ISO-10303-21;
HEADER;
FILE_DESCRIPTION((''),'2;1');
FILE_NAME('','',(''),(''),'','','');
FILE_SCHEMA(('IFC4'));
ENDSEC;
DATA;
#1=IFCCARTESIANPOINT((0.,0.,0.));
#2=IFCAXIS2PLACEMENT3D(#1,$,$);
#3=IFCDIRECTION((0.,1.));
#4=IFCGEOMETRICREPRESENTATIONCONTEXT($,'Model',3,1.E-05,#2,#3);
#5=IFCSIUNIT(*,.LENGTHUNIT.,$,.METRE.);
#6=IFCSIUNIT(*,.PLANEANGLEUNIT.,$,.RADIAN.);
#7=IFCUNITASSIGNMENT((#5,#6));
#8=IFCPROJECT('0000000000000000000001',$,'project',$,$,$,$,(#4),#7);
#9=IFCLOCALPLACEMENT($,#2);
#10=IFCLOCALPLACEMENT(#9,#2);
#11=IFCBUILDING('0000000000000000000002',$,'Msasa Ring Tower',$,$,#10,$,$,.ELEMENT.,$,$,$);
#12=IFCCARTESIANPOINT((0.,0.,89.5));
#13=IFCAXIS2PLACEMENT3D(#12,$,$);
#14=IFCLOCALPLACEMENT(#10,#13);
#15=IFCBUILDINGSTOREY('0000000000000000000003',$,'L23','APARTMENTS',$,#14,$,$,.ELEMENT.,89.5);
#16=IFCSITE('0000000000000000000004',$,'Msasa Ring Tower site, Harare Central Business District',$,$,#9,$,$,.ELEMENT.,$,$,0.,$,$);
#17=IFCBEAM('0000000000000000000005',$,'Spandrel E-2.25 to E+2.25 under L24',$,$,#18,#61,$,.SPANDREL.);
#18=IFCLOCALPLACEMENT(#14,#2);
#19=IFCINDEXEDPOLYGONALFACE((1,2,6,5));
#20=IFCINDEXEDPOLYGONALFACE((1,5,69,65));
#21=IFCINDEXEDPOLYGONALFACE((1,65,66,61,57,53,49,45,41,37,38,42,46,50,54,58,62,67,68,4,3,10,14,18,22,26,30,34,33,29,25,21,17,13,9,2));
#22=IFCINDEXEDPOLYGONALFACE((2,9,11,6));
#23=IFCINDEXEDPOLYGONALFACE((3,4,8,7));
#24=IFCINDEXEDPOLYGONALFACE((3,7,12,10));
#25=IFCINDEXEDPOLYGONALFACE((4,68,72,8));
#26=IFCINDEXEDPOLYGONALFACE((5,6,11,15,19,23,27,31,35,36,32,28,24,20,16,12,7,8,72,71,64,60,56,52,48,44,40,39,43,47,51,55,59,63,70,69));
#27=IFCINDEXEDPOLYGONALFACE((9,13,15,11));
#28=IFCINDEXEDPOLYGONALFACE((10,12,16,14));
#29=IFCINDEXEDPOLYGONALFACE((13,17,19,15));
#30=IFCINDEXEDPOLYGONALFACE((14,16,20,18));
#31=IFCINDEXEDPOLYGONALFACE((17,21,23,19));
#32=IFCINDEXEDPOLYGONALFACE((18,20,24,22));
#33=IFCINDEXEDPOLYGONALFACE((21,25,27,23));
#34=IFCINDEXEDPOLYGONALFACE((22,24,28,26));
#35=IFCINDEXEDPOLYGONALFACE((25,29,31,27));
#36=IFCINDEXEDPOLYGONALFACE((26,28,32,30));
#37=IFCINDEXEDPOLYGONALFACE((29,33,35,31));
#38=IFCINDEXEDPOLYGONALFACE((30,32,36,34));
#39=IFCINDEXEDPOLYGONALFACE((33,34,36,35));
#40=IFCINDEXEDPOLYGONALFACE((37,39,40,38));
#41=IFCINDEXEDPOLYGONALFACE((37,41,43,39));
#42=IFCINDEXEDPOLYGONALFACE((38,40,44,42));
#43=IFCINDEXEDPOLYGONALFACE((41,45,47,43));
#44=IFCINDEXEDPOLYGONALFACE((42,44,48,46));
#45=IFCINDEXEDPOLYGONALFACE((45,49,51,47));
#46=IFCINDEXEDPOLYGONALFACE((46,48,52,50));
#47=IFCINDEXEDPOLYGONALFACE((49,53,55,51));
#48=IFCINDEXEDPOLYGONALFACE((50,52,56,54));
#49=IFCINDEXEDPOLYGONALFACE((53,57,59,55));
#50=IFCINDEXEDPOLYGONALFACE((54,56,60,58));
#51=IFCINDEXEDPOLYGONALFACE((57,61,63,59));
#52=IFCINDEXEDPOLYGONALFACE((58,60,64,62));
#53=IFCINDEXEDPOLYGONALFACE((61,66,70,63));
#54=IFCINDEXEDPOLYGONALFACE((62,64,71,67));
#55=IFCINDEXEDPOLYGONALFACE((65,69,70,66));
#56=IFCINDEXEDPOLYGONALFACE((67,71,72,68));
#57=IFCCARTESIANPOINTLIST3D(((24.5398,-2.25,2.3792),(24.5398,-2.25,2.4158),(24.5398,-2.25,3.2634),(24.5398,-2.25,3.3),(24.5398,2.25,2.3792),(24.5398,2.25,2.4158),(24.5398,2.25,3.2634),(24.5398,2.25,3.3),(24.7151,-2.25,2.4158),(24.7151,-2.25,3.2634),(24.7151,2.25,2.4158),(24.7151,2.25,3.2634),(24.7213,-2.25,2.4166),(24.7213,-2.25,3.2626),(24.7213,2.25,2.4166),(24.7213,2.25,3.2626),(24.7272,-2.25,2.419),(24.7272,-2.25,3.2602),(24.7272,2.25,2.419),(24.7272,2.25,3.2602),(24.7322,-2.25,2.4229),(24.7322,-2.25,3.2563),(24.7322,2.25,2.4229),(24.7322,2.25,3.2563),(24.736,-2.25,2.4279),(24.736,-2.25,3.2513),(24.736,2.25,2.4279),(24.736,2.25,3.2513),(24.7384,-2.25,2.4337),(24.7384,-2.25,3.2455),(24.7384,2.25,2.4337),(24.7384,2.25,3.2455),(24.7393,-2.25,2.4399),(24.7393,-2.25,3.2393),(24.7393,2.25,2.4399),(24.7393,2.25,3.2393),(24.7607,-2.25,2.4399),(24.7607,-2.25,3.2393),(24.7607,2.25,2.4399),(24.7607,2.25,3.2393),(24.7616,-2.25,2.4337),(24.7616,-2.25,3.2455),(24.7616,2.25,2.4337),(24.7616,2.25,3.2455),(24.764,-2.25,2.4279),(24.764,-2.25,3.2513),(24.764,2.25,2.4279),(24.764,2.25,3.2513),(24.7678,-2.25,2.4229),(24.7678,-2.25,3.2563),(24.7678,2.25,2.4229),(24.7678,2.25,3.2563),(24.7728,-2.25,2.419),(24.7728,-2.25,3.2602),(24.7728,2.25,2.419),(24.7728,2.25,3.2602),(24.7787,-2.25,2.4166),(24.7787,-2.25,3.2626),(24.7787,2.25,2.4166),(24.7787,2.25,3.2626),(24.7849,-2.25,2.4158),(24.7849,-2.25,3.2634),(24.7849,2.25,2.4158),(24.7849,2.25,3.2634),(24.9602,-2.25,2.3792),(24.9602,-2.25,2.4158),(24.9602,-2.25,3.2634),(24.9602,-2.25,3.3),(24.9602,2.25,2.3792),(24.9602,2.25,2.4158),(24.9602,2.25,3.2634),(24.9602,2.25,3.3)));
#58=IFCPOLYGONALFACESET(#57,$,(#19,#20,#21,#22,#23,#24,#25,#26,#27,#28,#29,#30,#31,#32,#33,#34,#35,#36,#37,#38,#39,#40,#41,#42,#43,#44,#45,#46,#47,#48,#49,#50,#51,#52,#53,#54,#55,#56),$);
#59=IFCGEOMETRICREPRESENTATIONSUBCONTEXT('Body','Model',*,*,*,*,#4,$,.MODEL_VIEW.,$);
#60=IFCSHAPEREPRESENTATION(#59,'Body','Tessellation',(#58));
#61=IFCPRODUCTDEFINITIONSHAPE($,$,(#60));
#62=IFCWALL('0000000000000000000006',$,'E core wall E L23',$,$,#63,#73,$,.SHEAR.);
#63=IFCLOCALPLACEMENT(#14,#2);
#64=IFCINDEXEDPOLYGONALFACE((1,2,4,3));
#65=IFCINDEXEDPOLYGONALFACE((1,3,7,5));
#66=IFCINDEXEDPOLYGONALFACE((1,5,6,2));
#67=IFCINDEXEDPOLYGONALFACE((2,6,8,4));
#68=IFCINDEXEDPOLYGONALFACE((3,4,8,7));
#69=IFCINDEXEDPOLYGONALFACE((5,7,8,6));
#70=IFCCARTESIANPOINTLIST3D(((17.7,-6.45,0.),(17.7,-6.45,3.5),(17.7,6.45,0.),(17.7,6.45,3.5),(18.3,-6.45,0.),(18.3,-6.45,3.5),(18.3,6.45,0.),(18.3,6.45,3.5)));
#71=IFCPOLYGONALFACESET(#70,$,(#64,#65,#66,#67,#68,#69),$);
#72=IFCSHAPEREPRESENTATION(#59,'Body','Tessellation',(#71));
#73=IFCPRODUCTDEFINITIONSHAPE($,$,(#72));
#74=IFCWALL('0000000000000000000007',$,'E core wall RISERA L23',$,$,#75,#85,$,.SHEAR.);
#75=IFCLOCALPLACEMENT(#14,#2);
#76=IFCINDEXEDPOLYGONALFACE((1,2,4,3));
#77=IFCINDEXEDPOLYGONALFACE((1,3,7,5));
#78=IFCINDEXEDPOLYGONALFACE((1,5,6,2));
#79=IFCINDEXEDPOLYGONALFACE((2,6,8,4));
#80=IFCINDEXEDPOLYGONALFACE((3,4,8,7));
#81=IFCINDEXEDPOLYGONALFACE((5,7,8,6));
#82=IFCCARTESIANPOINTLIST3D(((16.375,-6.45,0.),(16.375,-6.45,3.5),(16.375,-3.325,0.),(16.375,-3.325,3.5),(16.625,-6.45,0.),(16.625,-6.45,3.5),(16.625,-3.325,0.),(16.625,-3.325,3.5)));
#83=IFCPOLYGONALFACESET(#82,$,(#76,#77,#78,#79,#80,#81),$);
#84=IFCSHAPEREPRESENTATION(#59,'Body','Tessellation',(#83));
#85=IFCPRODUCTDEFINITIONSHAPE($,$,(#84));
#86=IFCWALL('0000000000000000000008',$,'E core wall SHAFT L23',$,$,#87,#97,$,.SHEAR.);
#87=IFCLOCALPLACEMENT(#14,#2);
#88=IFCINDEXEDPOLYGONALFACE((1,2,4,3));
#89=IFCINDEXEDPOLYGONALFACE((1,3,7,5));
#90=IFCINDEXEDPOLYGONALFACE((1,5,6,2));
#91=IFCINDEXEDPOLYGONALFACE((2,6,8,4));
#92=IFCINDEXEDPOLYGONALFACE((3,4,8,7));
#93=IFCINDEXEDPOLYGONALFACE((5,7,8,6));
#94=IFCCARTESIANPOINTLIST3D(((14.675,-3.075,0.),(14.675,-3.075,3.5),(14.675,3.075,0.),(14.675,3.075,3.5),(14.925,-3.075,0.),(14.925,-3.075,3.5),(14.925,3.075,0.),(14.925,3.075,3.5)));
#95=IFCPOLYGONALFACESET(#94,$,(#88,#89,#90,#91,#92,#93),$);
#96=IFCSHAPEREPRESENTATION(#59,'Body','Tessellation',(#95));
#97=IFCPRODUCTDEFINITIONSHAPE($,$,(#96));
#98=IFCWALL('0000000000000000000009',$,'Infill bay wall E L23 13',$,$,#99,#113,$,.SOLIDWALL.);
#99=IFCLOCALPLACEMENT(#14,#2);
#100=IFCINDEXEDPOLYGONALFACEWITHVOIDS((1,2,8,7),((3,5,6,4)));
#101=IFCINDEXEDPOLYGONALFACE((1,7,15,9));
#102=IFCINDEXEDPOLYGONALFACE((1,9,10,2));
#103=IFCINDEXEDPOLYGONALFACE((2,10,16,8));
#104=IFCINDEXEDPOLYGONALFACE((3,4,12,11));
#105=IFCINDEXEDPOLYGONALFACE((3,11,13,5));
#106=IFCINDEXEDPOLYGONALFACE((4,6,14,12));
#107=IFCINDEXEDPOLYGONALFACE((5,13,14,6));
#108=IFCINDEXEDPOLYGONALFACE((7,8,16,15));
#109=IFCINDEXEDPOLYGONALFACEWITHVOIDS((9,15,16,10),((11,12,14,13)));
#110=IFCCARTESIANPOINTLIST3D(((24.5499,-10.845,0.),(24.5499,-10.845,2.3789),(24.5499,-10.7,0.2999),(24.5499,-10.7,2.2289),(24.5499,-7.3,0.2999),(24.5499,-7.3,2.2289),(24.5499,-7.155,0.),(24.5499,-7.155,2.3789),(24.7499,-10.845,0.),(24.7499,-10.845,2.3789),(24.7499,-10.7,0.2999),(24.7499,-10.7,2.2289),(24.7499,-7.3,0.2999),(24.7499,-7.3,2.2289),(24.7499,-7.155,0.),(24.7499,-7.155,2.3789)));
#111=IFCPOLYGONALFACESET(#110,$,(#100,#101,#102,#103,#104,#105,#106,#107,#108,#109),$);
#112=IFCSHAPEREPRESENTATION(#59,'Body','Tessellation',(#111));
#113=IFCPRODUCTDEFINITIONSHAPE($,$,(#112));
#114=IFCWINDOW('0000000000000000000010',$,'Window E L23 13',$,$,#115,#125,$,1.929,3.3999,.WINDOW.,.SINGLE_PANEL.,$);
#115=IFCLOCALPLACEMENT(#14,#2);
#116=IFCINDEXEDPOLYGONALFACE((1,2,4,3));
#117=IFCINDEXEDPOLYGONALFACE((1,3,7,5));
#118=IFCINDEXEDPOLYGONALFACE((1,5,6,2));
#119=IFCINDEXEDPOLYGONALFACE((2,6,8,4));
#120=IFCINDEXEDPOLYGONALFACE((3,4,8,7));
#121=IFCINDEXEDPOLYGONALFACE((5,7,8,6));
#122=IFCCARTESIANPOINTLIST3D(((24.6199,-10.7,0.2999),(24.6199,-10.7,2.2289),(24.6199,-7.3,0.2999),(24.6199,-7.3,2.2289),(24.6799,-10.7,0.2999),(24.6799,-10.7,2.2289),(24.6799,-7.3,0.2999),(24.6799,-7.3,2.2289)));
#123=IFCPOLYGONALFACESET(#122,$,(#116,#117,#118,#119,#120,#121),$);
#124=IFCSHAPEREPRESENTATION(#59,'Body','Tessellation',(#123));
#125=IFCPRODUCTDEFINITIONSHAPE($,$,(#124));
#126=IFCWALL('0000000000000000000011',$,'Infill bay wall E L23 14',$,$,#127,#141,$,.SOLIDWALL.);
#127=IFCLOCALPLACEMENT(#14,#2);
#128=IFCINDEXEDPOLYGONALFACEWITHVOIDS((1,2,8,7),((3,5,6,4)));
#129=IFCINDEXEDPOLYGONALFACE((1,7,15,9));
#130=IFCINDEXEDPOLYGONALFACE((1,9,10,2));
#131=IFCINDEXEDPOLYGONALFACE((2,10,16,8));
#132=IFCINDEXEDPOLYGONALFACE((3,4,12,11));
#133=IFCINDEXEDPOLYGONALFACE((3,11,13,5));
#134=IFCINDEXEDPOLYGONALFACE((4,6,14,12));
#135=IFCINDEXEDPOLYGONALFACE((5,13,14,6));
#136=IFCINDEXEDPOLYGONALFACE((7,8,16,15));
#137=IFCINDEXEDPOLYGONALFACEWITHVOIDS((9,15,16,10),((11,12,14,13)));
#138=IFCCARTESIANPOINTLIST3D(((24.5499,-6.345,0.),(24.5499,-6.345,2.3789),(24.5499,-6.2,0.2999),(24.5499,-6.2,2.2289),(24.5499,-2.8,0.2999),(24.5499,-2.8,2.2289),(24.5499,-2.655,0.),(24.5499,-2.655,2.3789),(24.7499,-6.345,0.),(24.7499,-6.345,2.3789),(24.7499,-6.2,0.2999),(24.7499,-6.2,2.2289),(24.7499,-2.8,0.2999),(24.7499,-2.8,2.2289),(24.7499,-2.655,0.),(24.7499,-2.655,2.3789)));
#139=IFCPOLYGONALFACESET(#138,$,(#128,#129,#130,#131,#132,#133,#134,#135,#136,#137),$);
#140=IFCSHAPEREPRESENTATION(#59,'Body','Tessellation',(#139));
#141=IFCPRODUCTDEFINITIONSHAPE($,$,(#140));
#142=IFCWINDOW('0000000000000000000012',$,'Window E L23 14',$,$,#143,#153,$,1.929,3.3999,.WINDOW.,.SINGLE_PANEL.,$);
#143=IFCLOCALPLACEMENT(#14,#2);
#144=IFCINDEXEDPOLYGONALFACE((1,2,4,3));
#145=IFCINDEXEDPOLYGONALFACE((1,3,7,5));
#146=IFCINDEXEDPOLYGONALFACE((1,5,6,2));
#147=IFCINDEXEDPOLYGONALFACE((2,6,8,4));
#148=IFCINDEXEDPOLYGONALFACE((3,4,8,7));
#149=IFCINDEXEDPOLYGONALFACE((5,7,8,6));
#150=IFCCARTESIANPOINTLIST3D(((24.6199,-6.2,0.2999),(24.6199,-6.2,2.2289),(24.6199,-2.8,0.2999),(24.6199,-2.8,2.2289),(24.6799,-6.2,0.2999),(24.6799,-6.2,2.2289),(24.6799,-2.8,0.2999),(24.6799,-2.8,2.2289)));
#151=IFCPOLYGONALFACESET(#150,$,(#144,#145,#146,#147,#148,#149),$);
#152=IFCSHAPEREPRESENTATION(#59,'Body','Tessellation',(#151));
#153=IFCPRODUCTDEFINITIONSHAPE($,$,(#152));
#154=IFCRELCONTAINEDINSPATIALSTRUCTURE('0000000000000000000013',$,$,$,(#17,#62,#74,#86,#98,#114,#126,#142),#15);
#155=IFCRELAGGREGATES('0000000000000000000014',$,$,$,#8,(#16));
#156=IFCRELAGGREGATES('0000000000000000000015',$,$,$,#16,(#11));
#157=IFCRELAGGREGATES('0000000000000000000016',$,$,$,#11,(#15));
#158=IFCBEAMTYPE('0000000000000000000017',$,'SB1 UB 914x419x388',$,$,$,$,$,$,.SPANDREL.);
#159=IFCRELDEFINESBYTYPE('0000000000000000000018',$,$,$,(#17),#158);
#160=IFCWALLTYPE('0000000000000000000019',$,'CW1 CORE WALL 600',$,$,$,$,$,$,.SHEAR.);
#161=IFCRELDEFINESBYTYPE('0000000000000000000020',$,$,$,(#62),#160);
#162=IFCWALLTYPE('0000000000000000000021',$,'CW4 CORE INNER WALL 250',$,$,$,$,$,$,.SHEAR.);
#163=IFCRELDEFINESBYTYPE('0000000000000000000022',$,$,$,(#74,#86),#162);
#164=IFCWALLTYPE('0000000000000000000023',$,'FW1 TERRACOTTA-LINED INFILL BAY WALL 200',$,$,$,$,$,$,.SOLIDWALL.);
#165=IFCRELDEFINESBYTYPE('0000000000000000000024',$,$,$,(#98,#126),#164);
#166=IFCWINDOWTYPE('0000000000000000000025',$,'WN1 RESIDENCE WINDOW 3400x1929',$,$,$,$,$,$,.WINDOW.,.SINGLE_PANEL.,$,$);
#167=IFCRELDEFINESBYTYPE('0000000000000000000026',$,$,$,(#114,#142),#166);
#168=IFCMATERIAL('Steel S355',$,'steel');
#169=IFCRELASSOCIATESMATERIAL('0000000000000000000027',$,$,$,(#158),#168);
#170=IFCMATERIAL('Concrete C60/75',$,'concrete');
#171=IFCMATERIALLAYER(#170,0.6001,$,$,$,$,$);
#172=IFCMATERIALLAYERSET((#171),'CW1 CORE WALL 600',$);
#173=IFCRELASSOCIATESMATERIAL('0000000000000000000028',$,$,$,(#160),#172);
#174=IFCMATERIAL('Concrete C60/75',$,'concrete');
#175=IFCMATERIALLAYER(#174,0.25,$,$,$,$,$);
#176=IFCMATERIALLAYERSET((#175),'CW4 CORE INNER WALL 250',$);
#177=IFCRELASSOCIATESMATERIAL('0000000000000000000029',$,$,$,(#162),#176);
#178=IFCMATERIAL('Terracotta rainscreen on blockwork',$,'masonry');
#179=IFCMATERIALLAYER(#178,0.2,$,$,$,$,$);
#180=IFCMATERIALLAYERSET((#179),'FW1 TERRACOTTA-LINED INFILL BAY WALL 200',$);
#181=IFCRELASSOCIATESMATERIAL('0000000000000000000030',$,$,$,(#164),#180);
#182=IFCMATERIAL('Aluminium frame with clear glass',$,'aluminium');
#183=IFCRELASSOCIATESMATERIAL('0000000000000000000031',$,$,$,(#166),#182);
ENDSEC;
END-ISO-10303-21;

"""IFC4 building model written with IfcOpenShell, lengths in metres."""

from ifc_helpers import new_model, si_unit, direction, frame, frame_2d, origin, origin_2d, place, context, subcontext, project, spatial, rectangle, i_section, extrude, material, layer, layer_set, material_profile, profile_set, type_object, element, fill, save


model = new_model("IFC4")

# Units and contexts
model_context = context("Model", 3, precision=1e-05, world=origin(), true_north=direction((0.0, 1.0)))
body_context = subcontext(model_context, "Body", "Model", "MODEL_VIEW")
ifc_project = project(units=[si_unit("LENGTHUNIT", "METRE"), si_unit("PLANEANGLEUNIT", "RADIAN")], contexts=[model_context])

# Site, building, storey
site_placement = place(None, origin())
site = spatial("IfcSite", under=ifc_project, at=site_placement, Name="Msasa Ring Tower site, Harare Central Business District", CompositionType="ELEMENT", RefElevation=0.0)
building_placement = place(site_placement, origin())
building = spatial("IfcBuilding", under=site, at=building_placement, Name="Msasa Ring Tower", CompositionType="ELEMENT")
storey_placement = place(building_placement, frame((0.0, 0.0, 89.5)))
storey = spatial("IfcBuildingStorey", under=building, at=storey_placement, Name="L23", Description="APARTMENTS", CompositionType="ELEMENT", Elevation=89.5)

# Beam
ifc_material_1 = material(Name="Steel S355", Category="steel")
ifc_material_profile_1 = material_profile(ifc_material_1, i_section(OverallWidth=0.4204, OverallDepth=0.9209, WebThickness=0.0215, FlangeThickness=0.0366, FilletRadius=0.0242, at=origin_2d()), Name="UB 914x419x388")
ifc_profile_set_1 = profile_set([ifc_material_profile_1], Name="Steel S355")
beam_type_1 = type_object("IfcBeamType", Name="SB1 UB 914x419x388", PredefinedType="SPANDREL", material=ifc_profile_set_1)
for number, where, z_axis, x_axis, name in (
    (1, (24.75, -2.25, 2.8396), (0.0, 1.0, 0.0), (-1.0, 0.0, 0.0), "Spandrel E-2.25 to E+2.25 under L24"),
):
    element("IfcBeam", number, at=place(storey_placement, frame(where, z_axis=z_axis, x_axis=x_axis)), inside=storey, type_object=beam_type_1, Name=name, PredefinedType="SPANDREL", context=body_context, shape_type="SweptSolid", body=[
        extrude(i_section(OverallWidth=0.4204, OverallDepth=0.9209, WebThickness=0.0215, FlangeThickness=0.0366, FilletRadius=0.0242, at=origin_2d()), origin(), (0.0, 0.0, 1.0), 4.5),
    ])

# Walls
ifc_material_2 = material(Name="Concrete C60/75", Category="concrete")
ifc_layer_1 = layer(ifc_material_2, 0.6001)
ifc_layer_set_1 = layer_set([ifc_layer_1], Name="CW1 CORE WALL 600")
wall_type_1 = type_object("IfcWallType", Name="CW1 CORE WALL 600", PredefinedType="SHEAR", material=ifc_layer_set_1)
wall_1_placement = place(storey_placement, frame((18.0, -6.45, 0.0), z_axis=(0.0, 0.0, 1.0), x_axis=(0.0, 1.0, 0.0)))
element("IfcWall", 2, at=wall_1_placement, inside=storey, type_object=wall_type_1, Name="E core wall E L23", PredefinedType="SHEAR", context=body_context, shape_type="SweptSolid", body=[
    extrude(rectangle(XDim=12.8999, YDim=0.6001, at=frame_2d((6.45, 0.0))), origin(), (0.0, 0.0, 1.0), 3.5),
])
ifc_material_3 = material(Name="Concrete C60/75", Category="concrete")
ifc_layer_2 = layer(ifc_material_3, 0.25)
ifc_layer_set_2 = layer_set([ifc_layer_2], Name="CW4 CORE INNER WALL 250")
wall_type_2 = type_object("IfcWallType", Name="CW4 CORE INNER WALL 250", PredefinedType="SHEAR", material=ifc_layer_set_2)
wall_2_placement = place(storey_placement, frame((16.5, -6.45, 0.0), z_axis=(0.0, 0.0, 1.0), x_axis=(0.0, 1.0, 0.0)))
element("IfcWall", 3, at=wall_2_placement, inside=storey, type_object=wall_type_2, Name="E core wall RISERA L23", PredefinedType="SHEAR", context=body_context, shape_type="SweptSolid", body=[
    extrude(rectangle(XDim=3.125, YDim=0.25, at=frame_2d((1.5625, 0.0))), origin(), (0.0, 0.0, 1.0), 3.5),
])
wall_3_placement = place(storey_placement, frame((14.8, -3.075, 0.0), z_axis=(0.0, 0.0, 1.0), x_axis=(0.0, 1.0, 0.0)))
element("IfcWall", 4, at=wall_3_placement, inside=storey, type_object=wall_type_2, Name="E core wall SHAFT L23", PredefinedType="SHEAR", context=body_context, shape_type="SweptSolid", body=[
    extrude(rectangle(XDim=6.1499, YDim=0.25, at=frame_2d((3.075, 0.0))), origin(), (0.0, 0.0, 1.0), 3.5),
])

# Walls, openings, windows
ifc_material_4 = material(Name="Terracotta rainscreen on blockwork", Category="masonry")
ifc_layer_3 = layer(ifc_material_4, 0.2)
ifc_layer_set_3 = layer_set([ifc_layer_3], Name="FW1 TERRACOTTA-LINED INFILL BAY WALL 200")
wall_type_3 = type_object("IfcWallType", Name="FW1 TERRACOTTA-LINED INFILL BAY WALL 200", PredefinedType="SOLIDWALL", material=ifc_layer_set_3)
wall_4_placement = place(storey_placement, frame((24.6499, -10.845, 0.0), z_axis=(0.0, 0.0, 1.0), x_axis=(0.0, 1.0, 0.0)))
wall_4 = element("IfcWall", 5, at=wall_4_placement, inside=storey, type_object=wall_type_3, Name="Infill bay wall E L23 13", PredefinedType="SOLIDWALL", context=body_context, shape_type="SweptSolid", body=[
    extrude(rectangle(XDim=3.6899, YDim=0.2, at=frame_2d((1.845, 0.0))), origin(), (0.0, 0.0, 1.0), 2.3789),
])
opening_1_placement = place(wall_4_placement, frame((0.145, 0.0, 0.3)))
opening_1 = element("IfcOpeningElement", 6, at=opening_1_placement, cuts=wall_4, PredefinedType="OPENING", context=body_context, shape_type="SweptSolid", body=[
    extrude(rectangle(XDim=3.3999, YDim=1.929, at=frame_2d((1.7, 0.9644))), frame((0.0, 0.1099, 0.0), z_axis=(0.0, -1.0, 0.0), x_axis=(1.0, 0.0, 0.0)), (0.0, 0.0, 1.0), 0.22),
])
ifc_material_5 = material(Name="Aluminium frame with clear glass", Category="aluminium")
window_type = type_object("IfcWindowType", Name="WN1 RESIDENCE WINDOW 3400x1929", PartitioningType="SINGLE_PANEL", PredefinedType="WINDOW", material=ifc_material_5)
window_1_placement = place(opening_1_placement, origin())
window_1 = element("IfcWindow", 7, at=window_1_placement, inside=storey, type_object=window_type, Name="Window E L23 13", OverallHeight=1.929, OverallWidth=3.3999, PartitioningType="SINGLE_PANEL", PredefinedType="WINDOW", context=body_context, shape_type="SweptSolid", body=[
    extrude(rectangle(XDim=3.3999, YDim=1.929, at=frame_2d((1.7, 0.9644))), frame((0.0, 0.03, 0.0), z_axis=(0.0, -1.0, 0.0), x_axis=(1.0, 0.0, 0.0)), (0.0, 0.0, 1.0), 0.0601),
])
fill(opening_1, window_1)
wall_5_placement = place(storey_placement, frame((24.6499, -6.345, 0.0), z_axis=(0.0, 0.0, 1.0), x_axis=(0.0, 1.0, 0.0)))
wall_5 = element("IfcWall", 8, at=wall_5_placement, inside=storey, type_object=wall_type_3, Name="Infill bay wall E L23 14", PredefinedType="SOLIDWALL", context=body_context, shape_type="SweptSolid", body=[
    extrude(rectangle(XDim=3.6899, YDim=0.2, at=frame_2d((1.845, 0.0))), origin(), (0.0, 0.0, 1.0), 2.3789),
])
opening_2_placement = place(wall_5_placement, frame((0.145, 0.0, 0.3)))
opening_2 = element("IfcOpeningElement", 9, at=opening_2_placement, cuts=wall_5, PredefinedType="OPENING", context=body_context, shape_type="SweptSolid", body=[
    extrude(rectangle(XDim=3.3999, YDim=1.929, at=frame_2d((1.7, 0.9644))), frame((0.0, 0.1099, 0.0), z_axis=(0.0, -1.0, 0.0), x_axis=(1.0, 0.0, 0.0)), (0.0, 0.0, 1.0), 0.22),
])
window_2_placement = place(opening_2_placement, origin())
window_2 = element("IfcWindow", 10, at=window_2_placement, inside=storey, type_object=window_type, Name="Window E L23 14", OverallHeight=1.929, OverallWidth=3.3999, PartitioningType="SINGLE_PANEL", PredefinedType="WINDOW", context=body_context, shape_type="SweptSolid", body=[
    extrude(rectangle(XDim=3.3999, YDim=1.929, at=frame_2d((1.7, 0.9644))), frame((0.0, 0.03, 0.0), z_axis=(0.0, -1.0, 0.0), x_axis=(1.0, 0.0, 0.0)), (0.0, 0.0, 1.0), 0.0601),
])
fill(opening_2, window_2)

save(model, "model.ifc")
